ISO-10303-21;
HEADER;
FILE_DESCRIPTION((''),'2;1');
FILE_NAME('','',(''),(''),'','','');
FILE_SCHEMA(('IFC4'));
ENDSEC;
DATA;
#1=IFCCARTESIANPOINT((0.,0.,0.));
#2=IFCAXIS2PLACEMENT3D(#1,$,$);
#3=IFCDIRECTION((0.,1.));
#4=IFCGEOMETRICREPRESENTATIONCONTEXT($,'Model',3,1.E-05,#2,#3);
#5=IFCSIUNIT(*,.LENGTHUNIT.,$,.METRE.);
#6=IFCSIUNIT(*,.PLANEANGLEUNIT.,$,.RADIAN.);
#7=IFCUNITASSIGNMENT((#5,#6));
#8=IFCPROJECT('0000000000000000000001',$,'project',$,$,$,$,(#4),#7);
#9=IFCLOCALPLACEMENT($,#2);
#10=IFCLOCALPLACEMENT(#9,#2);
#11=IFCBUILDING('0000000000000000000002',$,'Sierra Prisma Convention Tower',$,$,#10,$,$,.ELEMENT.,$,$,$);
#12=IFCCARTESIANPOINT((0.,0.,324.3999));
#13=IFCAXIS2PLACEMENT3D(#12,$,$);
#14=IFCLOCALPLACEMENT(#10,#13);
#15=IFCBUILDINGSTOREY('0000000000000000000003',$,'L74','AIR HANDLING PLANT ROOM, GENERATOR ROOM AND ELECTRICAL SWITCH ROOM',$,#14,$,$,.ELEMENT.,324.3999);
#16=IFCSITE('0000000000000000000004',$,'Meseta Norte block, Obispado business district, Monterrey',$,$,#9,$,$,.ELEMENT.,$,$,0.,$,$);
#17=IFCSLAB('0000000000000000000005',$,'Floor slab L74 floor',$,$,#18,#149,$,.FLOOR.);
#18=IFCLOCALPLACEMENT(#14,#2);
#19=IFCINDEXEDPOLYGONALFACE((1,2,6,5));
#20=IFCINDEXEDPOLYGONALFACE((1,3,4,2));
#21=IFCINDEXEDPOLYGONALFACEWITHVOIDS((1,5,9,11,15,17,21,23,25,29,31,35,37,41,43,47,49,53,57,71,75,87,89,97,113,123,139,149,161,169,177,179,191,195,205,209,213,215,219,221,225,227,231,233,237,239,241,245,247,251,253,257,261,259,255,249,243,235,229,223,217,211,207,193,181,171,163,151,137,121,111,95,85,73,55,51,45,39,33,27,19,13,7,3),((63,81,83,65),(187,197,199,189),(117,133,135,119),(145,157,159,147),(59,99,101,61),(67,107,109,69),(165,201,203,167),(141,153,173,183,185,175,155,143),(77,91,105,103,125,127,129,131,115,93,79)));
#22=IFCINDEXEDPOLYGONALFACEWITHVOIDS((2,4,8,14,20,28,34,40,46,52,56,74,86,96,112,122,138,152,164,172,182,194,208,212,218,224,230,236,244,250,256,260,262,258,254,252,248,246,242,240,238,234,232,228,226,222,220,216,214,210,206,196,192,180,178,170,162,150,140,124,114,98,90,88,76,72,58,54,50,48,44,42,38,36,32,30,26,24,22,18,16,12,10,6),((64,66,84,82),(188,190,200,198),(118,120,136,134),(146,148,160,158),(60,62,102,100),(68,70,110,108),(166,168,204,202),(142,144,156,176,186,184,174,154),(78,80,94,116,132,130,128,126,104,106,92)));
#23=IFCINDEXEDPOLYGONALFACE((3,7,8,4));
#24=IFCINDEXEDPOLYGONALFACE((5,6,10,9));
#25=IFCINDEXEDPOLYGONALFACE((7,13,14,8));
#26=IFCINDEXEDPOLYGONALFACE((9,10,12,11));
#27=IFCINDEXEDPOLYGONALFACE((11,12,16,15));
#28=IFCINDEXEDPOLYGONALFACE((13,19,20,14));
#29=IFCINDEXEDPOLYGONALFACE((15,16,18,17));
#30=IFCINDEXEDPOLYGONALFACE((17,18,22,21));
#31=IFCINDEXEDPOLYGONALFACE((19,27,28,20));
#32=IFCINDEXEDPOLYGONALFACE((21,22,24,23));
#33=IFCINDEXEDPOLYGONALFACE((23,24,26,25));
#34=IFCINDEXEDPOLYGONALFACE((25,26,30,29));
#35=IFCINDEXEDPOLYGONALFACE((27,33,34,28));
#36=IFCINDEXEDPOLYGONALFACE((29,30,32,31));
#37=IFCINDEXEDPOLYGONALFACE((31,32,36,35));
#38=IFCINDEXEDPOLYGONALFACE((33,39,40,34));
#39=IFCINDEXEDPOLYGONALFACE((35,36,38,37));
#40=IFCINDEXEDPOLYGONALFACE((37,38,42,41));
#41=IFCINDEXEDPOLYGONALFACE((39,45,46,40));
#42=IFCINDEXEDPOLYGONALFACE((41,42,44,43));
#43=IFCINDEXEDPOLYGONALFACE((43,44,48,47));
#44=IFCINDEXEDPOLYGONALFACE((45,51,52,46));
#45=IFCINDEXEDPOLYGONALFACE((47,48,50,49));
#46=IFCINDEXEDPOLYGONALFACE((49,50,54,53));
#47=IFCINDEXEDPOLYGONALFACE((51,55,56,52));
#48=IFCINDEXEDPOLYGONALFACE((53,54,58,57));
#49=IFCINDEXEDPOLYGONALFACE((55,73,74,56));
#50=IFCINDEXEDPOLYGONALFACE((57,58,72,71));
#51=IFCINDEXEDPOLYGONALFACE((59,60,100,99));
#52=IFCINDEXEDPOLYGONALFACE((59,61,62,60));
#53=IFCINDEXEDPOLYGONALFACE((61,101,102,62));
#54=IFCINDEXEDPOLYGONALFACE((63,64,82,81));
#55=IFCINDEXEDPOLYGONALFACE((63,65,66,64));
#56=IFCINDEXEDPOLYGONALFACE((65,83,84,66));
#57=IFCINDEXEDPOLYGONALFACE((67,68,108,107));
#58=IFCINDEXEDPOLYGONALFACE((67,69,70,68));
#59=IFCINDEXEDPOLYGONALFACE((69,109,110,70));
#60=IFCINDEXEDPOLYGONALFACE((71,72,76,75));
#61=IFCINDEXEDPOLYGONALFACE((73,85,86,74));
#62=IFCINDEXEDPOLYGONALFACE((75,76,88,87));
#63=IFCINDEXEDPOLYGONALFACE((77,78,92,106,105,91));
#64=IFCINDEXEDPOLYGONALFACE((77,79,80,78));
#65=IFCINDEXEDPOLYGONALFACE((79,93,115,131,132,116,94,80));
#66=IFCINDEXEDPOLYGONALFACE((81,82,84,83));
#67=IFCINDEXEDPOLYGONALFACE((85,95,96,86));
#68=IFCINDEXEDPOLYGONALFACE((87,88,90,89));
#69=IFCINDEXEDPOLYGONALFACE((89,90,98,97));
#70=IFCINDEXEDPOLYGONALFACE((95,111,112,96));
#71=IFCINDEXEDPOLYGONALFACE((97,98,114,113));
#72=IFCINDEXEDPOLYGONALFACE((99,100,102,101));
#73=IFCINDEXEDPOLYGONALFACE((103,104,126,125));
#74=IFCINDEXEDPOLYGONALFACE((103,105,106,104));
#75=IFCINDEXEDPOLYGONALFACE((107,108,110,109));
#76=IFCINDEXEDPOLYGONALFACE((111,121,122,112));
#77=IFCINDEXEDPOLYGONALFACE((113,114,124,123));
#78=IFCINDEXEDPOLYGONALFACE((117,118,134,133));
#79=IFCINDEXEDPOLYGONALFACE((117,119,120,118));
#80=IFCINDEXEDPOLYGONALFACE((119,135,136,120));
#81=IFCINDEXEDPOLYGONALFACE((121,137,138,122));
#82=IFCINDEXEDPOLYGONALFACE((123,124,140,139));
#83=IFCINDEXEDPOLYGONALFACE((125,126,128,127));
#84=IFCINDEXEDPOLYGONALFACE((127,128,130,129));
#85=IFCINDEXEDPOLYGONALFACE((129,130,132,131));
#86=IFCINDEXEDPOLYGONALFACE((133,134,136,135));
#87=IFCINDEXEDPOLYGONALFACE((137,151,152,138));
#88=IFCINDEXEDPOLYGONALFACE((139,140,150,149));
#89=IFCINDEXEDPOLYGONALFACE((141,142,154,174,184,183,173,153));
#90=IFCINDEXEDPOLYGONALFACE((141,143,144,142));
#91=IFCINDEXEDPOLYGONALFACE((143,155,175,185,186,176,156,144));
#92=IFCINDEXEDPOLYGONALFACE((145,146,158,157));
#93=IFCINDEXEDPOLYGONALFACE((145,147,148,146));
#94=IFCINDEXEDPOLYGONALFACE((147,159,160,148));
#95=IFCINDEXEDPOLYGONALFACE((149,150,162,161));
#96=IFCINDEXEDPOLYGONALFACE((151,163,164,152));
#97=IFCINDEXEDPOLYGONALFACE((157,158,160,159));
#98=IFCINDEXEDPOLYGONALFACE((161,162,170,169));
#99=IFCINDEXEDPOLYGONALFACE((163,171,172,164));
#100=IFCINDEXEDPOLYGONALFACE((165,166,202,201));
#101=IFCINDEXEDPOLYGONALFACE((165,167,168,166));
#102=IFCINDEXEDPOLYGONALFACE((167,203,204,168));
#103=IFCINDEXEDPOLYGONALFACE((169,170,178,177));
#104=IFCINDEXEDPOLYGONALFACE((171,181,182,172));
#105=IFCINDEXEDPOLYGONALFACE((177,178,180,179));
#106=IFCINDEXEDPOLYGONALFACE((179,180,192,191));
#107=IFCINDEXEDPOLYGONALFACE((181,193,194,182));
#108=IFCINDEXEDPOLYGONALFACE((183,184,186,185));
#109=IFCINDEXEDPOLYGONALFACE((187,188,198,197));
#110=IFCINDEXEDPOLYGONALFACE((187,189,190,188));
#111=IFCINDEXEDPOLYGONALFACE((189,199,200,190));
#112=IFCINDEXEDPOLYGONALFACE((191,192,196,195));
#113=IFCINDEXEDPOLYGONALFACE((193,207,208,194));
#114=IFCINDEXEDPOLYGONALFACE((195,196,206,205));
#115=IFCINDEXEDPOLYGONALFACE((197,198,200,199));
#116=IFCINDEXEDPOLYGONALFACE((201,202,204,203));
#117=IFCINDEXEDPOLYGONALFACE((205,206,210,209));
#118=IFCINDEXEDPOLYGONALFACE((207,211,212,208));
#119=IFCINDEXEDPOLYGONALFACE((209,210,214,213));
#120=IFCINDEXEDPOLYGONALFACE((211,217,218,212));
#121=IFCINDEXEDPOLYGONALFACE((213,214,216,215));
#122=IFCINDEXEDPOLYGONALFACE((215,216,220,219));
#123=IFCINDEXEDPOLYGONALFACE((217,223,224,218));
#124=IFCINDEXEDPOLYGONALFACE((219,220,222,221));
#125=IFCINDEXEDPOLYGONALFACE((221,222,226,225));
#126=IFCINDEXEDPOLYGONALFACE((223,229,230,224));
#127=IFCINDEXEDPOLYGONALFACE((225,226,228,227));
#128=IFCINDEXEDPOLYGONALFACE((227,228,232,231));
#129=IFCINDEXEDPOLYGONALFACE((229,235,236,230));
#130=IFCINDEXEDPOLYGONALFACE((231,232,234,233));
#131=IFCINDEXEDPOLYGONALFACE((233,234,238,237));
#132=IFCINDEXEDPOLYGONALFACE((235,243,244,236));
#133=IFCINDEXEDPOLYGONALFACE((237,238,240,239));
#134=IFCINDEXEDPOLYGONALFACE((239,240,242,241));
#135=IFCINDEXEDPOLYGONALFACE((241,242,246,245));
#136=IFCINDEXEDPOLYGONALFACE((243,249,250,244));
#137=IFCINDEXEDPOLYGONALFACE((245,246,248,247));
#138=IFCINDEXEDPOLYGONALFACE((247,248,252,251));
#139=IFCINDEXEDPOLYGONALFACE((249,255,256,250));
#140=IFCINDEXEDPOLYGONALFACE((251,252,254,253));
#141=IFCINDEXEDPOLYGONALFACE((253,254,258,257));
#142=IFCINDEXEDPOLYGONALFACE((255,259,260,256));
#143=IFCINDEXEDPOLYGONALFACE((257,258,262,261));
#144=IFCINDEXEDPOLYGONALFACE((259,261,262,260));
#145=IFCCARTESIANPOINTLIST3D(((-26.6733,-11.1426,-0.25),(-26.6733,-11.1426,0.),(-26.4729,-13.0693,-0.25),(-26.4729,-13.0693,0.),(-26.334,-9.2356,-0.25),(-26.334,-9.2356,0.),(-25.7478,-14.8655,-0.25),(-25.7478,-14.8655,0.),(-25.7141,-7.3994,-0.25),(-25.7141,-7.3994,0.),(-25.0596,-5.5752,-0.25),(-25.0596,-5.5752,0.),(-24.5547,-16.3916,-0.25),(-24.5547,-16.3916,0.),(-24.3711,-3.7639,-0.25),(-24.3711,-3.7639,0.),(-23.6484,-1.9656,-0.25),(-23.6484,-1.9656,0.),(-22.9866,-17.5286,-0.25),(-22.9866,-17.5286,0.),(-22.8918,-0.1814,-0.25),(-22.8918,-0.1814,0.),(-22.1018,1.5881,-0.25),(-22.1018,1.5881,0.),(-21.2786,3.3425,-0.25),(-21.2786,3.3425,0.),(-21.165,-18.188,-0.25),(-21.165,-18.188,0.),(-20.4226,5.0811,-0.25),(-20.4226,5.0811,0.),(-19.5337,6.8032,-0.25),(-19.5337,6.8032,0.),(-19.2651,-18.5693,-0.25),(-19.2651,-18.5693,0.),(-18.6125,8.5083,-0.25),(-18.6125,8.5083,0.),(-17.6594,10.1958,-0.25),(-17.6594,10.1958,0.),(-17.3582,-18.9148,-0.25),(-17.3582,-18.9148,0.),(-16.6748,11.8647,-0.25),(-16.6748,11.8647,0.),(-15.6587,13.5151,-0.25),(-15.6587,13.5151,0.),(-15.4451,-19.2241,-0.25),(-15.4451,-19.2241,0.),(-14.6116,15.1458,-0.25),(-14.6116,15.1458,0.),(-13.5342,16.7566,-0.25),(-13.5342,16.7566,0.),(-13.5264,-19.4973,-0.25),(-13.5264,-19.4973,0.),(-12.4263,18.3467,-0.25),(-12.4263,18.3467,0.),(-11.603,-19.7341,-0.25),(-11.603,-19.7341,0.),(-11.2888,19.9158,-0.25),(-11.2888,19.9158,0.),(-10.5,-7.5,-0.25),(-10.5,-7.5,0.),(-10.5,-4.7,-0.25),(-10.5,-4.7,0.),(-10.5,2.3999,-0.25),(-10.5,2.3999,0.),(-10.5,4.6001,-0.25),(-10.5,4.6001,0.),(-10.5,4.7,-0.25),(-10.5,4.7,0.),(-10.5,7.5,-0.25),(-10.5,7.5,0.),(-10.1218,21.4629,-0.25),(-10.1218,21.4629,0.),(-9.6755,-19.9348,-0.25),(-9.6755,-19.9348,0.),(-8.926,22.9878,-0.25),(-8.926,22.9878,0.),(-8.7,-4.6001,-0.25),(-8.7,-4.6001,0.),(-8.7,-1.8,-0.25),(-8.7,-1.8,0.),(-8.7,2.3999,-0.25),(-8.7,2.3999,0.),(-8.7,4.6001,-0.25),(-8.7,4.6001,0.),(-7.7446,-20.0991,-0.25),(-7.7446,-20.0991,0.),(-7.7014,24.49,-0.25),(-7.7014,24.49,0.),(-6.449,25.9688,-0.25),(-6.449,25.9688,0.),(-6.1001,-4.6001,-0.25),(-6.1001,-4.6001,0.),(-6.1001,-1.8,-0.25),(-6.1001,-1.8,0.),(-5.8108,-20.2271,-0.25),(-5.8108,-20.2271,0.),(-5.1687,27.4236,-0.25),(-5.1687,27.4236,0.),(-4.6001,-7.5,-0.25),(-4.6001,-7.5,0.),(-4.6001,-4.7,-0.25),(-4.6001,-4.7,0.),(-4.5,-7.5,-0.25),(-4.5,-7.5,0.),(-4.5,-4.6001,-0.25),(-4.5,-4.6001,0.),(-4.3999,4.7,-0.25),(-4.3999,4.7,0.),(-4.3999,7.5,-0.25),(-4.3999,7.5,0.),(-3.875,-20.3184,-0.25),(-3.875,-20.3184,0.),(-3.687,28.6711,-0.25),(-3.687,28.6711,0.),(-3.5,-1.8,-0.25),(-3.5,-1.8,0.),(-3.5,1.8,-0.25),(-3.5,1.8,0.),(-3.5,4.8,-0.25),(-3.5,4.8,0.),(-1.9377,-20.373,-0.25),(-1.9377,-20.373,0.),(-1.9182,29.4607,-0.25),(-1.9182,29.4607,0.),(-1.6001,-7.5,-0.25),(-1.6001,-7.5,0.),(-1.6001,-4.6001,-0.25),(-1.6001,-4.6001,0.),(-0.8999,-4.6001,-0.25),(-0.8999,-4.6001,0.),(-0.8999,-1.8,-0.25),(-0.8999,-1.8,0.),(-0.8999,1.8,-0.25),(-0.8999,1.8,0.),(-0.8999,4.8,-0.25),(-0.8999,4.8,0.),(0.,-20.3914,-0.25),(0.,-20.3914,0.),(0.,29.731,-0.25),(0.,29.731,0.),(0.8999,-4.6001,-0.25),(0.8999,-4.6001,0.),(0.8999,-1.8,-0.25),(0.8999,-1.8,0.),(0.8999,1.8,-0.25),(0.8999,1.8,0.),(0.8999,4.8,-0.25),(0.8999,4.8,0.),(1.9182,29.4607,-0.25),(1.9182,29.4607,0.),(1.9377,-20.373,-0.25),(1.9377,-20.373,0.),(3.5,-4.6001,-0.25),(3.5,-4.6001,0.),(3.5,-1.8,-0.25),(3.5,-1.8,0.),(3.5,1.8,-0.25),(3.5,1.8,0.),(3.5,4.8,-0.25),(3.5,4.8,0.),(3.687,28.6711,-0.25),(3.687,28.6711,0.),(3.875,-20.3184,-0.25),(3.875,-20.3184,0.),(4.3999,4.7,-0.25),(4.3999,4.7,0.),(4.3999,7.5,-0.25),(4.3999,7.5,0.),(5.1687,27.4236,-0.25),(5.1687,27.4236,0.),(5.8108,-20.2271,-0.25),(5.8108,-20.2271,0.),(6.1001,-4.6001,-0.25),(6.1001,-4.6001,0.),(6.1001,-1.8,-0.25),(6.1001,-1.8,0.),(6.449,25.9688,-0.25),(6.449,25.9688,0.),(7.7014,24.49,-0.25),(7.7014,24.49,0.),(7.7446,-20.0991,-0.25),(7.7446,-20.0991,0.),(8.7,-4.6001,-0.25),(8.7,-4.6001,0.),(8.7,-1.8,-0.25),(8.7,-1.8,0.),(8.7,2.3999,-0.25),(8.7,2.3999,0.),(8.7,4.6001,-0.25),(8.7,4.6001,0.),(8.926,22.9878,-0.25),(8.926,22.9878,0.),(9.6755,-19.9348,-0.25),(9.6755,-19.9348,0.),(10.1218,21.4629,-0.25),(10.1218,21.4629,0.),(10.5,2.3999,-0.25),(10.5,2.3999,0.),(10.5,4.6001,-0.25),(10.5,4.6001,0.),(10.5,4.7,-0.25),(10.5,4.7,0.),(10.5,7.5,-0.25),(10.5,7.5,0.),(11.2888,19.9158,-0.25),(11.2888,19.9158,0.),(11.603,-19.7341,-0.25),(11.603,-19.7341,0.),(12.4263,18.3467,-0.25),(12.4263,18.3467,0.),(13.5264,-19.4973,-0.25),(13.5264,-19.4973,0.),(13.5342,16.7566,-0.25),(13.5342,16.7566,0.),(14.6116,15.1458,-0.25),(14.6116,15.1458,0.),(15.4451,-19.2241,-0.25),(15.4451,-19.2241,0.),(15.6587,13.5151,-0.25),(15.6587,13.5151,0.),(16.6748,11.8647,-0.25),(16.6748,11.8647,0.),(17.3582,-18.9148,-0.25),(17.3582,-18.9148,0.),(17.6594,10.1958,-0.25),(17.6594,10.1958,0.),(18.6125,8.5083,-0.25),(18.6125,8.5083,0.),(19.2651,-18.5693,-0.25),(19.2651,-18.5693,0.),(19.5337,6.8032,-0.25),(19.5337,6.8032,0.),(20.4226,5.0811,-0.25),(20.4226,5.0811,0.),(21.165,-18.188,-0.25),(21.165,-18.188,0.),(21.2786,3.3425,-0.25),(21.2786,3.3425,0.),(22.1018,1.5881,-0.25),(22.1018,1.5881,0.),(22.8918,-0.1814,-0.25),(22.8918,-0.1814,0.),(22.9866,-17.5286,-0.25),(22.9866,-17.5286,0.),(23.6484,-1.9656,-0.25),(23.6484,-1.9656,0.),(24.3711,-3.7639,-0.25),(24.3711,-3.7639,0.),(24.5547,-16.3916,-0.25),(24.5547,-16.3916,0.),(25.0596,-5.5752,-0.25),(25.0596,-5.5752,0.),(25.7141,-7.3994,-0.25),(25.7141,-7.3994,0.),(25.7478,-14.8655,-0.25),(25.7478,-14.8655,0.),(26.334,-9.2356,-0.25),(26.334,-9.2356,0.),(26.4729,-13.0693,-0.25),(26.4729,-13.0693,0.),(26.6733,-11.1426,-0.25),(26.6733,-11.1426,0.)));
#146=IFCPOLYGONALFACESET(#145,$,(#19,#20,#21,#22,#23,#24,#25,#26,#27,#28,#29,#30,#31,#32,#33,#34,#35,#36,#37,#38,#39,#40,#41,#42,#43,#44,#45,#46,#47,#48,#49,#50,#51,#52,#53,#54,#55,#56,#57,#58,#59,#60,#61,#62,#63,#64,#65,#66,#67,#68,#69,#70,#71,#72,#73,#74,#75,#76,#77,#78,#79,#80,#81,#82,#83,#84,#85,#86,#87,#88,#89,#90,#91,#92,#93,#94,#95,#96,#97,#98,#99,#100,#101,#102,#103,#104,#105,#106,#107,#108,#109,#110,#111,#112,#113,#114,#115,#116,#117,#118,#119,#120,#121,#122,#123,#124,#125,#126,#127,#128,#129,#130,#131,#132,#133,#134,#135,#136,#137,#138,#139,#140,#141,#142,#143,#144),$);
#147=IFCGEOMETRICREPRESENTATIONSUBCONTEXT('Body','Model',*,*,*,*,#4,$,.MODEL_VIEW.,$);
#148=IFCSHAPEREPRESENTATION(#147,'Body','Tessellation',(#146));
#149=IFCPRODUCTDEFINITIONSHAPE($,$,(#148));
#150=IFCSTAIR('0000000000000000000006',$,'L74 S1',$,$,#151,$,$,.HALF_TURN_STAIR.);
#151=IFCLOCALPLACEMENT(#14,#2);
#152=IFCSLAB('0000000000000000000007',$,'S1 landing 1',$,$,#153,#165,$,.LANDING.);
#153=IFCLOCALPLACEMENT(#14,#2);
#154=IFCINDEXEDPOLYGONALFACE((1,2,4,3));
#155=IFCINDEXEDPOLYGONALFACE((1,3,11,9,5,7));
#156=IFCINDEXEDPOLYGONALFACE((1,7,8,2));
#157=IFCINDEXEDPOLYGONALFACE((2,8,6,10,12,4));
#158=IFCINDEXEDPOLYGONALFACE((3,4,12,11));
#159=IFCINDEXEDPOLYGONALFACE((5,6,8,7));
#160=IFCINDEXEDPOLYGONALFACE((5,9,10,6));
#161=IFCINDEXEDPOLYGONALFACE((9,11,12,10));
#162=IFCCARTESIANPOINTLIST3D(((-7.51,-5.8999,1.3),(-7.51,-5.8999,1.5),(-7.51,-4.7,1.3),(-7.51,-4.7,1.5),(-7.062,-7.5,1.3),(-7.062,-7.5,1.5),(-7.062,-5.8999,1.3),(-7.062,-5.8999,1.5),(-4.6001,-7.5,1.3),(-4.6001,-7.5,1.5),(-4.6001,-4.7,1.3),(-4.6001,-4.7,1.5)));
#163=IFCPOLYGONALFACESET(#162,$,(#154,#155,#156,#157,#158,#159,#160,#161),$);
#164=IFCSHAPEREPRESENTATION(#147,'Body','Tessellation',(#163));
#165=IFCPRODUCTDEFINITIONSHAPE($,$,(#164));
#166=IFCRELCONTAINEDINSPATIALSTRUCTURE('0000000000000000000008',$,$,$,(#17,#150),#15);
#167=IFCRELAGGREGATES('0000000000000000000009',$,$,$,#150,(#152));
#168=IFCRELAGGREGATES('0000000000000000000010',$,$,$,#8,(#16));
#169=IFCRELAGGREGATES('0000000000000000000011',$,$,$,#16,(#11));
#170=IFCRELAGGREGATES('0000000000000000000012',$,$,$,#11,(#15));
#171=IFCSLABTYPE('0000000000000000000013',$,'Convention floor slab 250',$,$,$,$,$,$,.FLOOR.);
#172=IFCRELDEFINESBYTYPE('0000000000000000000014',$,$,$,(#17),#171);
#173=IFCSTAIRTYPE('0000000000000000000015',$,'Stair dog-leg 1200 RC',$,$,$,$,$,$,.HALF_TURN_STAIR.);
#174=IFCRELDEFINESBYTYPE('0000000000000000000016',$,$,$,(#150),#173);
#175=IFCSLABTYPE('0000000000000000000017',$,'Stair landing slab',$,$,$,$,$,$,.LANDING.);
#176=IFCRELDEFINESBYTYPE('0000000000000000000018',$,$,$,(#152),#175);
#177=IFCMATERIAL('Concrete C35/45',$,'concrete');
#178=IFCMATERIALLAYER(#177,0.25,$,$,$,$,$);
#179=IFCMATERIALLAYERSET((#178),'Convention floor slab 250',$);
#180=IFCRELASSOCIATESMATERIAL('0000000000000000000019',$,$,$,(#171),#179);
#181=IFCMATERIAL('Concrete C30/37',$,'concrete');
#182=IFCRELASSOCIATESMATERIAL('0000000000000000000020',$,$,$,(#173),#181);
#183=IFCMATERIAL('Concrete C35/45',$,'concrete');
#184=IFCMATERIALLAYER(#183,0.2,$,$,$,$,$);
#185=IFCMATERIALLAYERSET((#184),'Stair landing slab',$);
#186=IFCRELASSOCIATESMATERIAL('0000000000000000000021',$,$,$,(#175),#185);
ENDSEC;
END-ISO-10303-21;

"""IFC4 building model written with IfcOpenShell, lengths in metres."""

from ifc_helpers import new_model, si_unit, direction, frame, origin, place, context, subcontext, project, spatial, polyline, outline, extrude, material, layer, layer_set, type_object, element, aggregate, save


model = new_model("IFC4")

# Units and contexts
model_context = context("Model", 3, precision=1e-05, world=origin(), true_north=direction((0.0, 1.0)))
body_context = subcontext(model_context, "Body", "Model", "MODEL_VIEW")
ifc_project = project(units=[si_unit("LENGTHUNIT", "METRE"), si_unit("PLANEANGLEUNIT", "RADIAN")], contexts=[model_context])

# Site, building, storey
site_placement = place(None, origin())
site = spatial("IfcSite", under=ifc_project, at=site_placement, Name="Meseta Norte block, Obispado business district, Monterrey", CompositionType="ELEMENT", RefElevation=0.0)
building_placement = place(site_placement, origin())
building = spatial("IfcBuilding", under=site, at=building_placement, Name="Sierra Prisma Convention Tower", CompositionType="ELEMENT")
storey_placement = place(building_placement, frame((0.0, 0.0, 324.3999)))
storey = spatial("IfcBuildingStorey", under=building, at=storey_placement, Name="L74", Description="AIR HANDLING PLANT ROOM, GENERATOR ROOM AND ELECTRICAL SWITCH ROOM", CompositionType="ELEMENT", Elevation=324.3999)

# Slab
ifc_material_1 = material(Name="Concrete C35/45", Category="concrete")
ifc_layer_1 = layer(ifc_material_1, 0.25)
ifc_layer_set_1 = layer_set([ifc_layer_1], Name="Convention floor slab 250")
slab_type_1 = type_object("IfcSlabType", Name="Convention floor slab 250", PredefinedType="FLOOR", material=ifc_layer_set_1)
slab_1_placement = place(storey_placement, frame((0.0, 0.0, -0.25)))
element("IfcSlab", 1, at=slab_1_placement, inside=storey, type_object=slab_type_1, Name="Floor slab L74 floor", PredefinedType="FLOOR", context=body_context, shape_type="SweptSolid", body=[
    extrude(outline(polyline([(-21.165, -18.188), (-19.2651, -18.5693), (-17.3582, -18.9148), (-15.4451, -19.2241), (-13.5264, -19.4973), (-11.603, -19.7341), (-9.6755, -19.9348), (-7.7446, -20.0991), (-5.8108, -20.2271), (-3.875, -20.3184), (-1.9377, -20.373), (0.0, -20.3914), (1.9377, -20.373), (3.875, -20.3184), (5.8108, -20.2271), (7.7446, -20.0991), (9.6755, -19.9348), (11.603, -19.7341), (13.5264, -19.4973), (15.4451, -19.2241), (17.3582, -18.9148), (19.2651, -18.5693), (21.165, -18.188), (22.9866, -17.5286), (24.5547, -16.3916), (25.7478, -14.8655), (26.4729, -13.0693), (26.6733, -11.1426), (26.334, -9.2356), (25.7141, -7.3994), (25.0596, -5.5752), (24.3711, -3.7639), (23.6484, -1.9656), (22.8918, -0.1814), (22.1018, 1.5881), (21.2786, 3.3425), (20.4226, 5.0811), (19.5337, 6.8032), (18.6125, 8.5083), (17.6594, 10.1958), (16.6748, 11.8647), (15.6587, 13.5151), (14.6116, 15.1458), (13.5342, 16.7566), (12.4263, 18.3467), (11.2888, 19.9158), (10.1218, 21.4629), (8.926, 22.9878), (7.7014, 24.49), (6.449, 25.9688), (5.1687, 27.4236), (3.687, 28.6711), (1.9182, 29.4607), (0.0, 29.731), (-1.9182, 29.4607), (-3.687, 28.6711), (-5.1687, 27.4236), (-6.449, 25.9688), (-7.7014, 24.49), (-8.926, 22.9878), (-10.1218, 21.4629), (-11.2888, 19.9158), (-12.4263, 18.3467), (-13.5342, 16.7566), (-14.6116, 15.1458), (-15.6587, 13.5151), (-16.6748, 11.8647), (-17.6594, 10.1958), (-18.6125, 8.5083), (-19.5337, 6.8032), (-20.4226, 5.0811), (-21.2786, 3.3425), (-22.1018, 1.5881), (-22.8918, -0.1814), (-23.6484, -1.9656), (-24.3711, -3.7639), (-25.0596, -5.5752), (-25.7141, -7.3994), (-26.334, -9.2356), (-26.6733, -11.1426), (-26.4729, -13.0693), (-25.7478, -14.8655), (-24.5547, -16.3916), (-22.9866, -17.5286), (-21.165, -18.188)]), holes=[polyline([(-4.6001, -4.7), (-4.6001, -7.5), (-10.5, -7.5), (-10.5, -4.7), (-4.6001, -4.7)]), polyline([(-4.5, -7.5), (-4.5, -4.6001), (-6.1001, -4.6001), (-8.7, -4.6001), (-8.7, -1.8), (-6.1001, -1.8), (-3.5, -1.8), (-0.8999, -1.8), (-0.8999, -4.6001), (-1.6001, -4.6001), (-1.6001, -7.5), (-4.5, -7.5)]), polyline([(-8.7, 2.3999), (-10.5, 2.3999), (-10.5, 4.6001), (-8.7, 4.6001), (-8.7, 2.3999)]), polyline([(-4.3999, 4.7), (-10.5, 4.7), (-10.5, 7.5), (-4.3999, 7.5), (-4.3999, 4.7)]), polyline([(3.5, -1.8), (6.1001, -1.8), (8.7, -1.8), (8.7, -4.6001), (6.1001, -4.6001), (3.5, -4.6001), (0.8999, -4.6001), (0.8999, -1.8), (3.5, -1.8)]), polyline([(-0.8999, 1.8), (-3.5, 1.8), (-3.5, 4.8), (-0.8999, 4.8), (-0.8999, 1.8)]), polyline([(3.5, 1.8), (0.8999, 1.8), (0.8999, 4.8), (3.5, 4.8), (3.5, 1.8)]), polyline([(10.5, 2.3999), (8.7, 2.3999), (8.7, 4.6001), (10.5, 4.6001), (10.5, 2.3999)]), polyline([(10.5, 4.7), (4.3999, 4.7), (4.3999, 7.5), (10.5, 7.5), (10.5, 4.7)])]), origin(), (0.0, 0.0, 1.0), 0.25),
])

# Stair, slab
ifc_material_2 = material(Name="Concrete C30/37", Category="concrete")
stair_type = type_object("IfcStairType", Name="Stair dog-leg 1200 RC", PredefinedType="HALF_TURN_STAIR", material=ifc_material_2)
stair_1_placement = place(storey_placement, origin())
stair_1 = element("IfcStair", 2, at=stair_1_placement, inside=storey, type_object=stair_type, Name="L74 S1", PredefinedType="HALF_TURN_STAIR")
ifc_material_3 = material(Name="Concrete C35/45", Category="concrete")
ifc_layer_2 = layer(ifc_material_3, 0.2)
ifc_layer_set_2 = layer_set([ifc_layer_2], Name="Stair landing slab")
slab_type_2 = type_object("IfcSlabType", Name="Stair landing slab", PredefinedType="LANDING", material=ifc_layer_set_2)
slab_2_placement = place(storey_placement, frame((0.0, 0.0, 1.3)))
slab_2 = element("IfcSlab", 3, at=slab_2_placement, type_object=slab_type_2, Name="S1 landing 1", PredefinedType="LANDING", context=body_context, shape_type="SweptSolid", body=[
    extrude(outline(polyline([(-4.6001, -4.7), (-4.6001, -7.5), (-7.062, -7.5), (-7.062, -5.8999), (-7.51, -5.8999), (-7.51, -4.7), (-4.6001, -4.7)])), origin(), (0.0, 0.0, 1.0), 0.2),
])
aggregate(stair_1, [slab_2])

save(model, "model.ifc")
